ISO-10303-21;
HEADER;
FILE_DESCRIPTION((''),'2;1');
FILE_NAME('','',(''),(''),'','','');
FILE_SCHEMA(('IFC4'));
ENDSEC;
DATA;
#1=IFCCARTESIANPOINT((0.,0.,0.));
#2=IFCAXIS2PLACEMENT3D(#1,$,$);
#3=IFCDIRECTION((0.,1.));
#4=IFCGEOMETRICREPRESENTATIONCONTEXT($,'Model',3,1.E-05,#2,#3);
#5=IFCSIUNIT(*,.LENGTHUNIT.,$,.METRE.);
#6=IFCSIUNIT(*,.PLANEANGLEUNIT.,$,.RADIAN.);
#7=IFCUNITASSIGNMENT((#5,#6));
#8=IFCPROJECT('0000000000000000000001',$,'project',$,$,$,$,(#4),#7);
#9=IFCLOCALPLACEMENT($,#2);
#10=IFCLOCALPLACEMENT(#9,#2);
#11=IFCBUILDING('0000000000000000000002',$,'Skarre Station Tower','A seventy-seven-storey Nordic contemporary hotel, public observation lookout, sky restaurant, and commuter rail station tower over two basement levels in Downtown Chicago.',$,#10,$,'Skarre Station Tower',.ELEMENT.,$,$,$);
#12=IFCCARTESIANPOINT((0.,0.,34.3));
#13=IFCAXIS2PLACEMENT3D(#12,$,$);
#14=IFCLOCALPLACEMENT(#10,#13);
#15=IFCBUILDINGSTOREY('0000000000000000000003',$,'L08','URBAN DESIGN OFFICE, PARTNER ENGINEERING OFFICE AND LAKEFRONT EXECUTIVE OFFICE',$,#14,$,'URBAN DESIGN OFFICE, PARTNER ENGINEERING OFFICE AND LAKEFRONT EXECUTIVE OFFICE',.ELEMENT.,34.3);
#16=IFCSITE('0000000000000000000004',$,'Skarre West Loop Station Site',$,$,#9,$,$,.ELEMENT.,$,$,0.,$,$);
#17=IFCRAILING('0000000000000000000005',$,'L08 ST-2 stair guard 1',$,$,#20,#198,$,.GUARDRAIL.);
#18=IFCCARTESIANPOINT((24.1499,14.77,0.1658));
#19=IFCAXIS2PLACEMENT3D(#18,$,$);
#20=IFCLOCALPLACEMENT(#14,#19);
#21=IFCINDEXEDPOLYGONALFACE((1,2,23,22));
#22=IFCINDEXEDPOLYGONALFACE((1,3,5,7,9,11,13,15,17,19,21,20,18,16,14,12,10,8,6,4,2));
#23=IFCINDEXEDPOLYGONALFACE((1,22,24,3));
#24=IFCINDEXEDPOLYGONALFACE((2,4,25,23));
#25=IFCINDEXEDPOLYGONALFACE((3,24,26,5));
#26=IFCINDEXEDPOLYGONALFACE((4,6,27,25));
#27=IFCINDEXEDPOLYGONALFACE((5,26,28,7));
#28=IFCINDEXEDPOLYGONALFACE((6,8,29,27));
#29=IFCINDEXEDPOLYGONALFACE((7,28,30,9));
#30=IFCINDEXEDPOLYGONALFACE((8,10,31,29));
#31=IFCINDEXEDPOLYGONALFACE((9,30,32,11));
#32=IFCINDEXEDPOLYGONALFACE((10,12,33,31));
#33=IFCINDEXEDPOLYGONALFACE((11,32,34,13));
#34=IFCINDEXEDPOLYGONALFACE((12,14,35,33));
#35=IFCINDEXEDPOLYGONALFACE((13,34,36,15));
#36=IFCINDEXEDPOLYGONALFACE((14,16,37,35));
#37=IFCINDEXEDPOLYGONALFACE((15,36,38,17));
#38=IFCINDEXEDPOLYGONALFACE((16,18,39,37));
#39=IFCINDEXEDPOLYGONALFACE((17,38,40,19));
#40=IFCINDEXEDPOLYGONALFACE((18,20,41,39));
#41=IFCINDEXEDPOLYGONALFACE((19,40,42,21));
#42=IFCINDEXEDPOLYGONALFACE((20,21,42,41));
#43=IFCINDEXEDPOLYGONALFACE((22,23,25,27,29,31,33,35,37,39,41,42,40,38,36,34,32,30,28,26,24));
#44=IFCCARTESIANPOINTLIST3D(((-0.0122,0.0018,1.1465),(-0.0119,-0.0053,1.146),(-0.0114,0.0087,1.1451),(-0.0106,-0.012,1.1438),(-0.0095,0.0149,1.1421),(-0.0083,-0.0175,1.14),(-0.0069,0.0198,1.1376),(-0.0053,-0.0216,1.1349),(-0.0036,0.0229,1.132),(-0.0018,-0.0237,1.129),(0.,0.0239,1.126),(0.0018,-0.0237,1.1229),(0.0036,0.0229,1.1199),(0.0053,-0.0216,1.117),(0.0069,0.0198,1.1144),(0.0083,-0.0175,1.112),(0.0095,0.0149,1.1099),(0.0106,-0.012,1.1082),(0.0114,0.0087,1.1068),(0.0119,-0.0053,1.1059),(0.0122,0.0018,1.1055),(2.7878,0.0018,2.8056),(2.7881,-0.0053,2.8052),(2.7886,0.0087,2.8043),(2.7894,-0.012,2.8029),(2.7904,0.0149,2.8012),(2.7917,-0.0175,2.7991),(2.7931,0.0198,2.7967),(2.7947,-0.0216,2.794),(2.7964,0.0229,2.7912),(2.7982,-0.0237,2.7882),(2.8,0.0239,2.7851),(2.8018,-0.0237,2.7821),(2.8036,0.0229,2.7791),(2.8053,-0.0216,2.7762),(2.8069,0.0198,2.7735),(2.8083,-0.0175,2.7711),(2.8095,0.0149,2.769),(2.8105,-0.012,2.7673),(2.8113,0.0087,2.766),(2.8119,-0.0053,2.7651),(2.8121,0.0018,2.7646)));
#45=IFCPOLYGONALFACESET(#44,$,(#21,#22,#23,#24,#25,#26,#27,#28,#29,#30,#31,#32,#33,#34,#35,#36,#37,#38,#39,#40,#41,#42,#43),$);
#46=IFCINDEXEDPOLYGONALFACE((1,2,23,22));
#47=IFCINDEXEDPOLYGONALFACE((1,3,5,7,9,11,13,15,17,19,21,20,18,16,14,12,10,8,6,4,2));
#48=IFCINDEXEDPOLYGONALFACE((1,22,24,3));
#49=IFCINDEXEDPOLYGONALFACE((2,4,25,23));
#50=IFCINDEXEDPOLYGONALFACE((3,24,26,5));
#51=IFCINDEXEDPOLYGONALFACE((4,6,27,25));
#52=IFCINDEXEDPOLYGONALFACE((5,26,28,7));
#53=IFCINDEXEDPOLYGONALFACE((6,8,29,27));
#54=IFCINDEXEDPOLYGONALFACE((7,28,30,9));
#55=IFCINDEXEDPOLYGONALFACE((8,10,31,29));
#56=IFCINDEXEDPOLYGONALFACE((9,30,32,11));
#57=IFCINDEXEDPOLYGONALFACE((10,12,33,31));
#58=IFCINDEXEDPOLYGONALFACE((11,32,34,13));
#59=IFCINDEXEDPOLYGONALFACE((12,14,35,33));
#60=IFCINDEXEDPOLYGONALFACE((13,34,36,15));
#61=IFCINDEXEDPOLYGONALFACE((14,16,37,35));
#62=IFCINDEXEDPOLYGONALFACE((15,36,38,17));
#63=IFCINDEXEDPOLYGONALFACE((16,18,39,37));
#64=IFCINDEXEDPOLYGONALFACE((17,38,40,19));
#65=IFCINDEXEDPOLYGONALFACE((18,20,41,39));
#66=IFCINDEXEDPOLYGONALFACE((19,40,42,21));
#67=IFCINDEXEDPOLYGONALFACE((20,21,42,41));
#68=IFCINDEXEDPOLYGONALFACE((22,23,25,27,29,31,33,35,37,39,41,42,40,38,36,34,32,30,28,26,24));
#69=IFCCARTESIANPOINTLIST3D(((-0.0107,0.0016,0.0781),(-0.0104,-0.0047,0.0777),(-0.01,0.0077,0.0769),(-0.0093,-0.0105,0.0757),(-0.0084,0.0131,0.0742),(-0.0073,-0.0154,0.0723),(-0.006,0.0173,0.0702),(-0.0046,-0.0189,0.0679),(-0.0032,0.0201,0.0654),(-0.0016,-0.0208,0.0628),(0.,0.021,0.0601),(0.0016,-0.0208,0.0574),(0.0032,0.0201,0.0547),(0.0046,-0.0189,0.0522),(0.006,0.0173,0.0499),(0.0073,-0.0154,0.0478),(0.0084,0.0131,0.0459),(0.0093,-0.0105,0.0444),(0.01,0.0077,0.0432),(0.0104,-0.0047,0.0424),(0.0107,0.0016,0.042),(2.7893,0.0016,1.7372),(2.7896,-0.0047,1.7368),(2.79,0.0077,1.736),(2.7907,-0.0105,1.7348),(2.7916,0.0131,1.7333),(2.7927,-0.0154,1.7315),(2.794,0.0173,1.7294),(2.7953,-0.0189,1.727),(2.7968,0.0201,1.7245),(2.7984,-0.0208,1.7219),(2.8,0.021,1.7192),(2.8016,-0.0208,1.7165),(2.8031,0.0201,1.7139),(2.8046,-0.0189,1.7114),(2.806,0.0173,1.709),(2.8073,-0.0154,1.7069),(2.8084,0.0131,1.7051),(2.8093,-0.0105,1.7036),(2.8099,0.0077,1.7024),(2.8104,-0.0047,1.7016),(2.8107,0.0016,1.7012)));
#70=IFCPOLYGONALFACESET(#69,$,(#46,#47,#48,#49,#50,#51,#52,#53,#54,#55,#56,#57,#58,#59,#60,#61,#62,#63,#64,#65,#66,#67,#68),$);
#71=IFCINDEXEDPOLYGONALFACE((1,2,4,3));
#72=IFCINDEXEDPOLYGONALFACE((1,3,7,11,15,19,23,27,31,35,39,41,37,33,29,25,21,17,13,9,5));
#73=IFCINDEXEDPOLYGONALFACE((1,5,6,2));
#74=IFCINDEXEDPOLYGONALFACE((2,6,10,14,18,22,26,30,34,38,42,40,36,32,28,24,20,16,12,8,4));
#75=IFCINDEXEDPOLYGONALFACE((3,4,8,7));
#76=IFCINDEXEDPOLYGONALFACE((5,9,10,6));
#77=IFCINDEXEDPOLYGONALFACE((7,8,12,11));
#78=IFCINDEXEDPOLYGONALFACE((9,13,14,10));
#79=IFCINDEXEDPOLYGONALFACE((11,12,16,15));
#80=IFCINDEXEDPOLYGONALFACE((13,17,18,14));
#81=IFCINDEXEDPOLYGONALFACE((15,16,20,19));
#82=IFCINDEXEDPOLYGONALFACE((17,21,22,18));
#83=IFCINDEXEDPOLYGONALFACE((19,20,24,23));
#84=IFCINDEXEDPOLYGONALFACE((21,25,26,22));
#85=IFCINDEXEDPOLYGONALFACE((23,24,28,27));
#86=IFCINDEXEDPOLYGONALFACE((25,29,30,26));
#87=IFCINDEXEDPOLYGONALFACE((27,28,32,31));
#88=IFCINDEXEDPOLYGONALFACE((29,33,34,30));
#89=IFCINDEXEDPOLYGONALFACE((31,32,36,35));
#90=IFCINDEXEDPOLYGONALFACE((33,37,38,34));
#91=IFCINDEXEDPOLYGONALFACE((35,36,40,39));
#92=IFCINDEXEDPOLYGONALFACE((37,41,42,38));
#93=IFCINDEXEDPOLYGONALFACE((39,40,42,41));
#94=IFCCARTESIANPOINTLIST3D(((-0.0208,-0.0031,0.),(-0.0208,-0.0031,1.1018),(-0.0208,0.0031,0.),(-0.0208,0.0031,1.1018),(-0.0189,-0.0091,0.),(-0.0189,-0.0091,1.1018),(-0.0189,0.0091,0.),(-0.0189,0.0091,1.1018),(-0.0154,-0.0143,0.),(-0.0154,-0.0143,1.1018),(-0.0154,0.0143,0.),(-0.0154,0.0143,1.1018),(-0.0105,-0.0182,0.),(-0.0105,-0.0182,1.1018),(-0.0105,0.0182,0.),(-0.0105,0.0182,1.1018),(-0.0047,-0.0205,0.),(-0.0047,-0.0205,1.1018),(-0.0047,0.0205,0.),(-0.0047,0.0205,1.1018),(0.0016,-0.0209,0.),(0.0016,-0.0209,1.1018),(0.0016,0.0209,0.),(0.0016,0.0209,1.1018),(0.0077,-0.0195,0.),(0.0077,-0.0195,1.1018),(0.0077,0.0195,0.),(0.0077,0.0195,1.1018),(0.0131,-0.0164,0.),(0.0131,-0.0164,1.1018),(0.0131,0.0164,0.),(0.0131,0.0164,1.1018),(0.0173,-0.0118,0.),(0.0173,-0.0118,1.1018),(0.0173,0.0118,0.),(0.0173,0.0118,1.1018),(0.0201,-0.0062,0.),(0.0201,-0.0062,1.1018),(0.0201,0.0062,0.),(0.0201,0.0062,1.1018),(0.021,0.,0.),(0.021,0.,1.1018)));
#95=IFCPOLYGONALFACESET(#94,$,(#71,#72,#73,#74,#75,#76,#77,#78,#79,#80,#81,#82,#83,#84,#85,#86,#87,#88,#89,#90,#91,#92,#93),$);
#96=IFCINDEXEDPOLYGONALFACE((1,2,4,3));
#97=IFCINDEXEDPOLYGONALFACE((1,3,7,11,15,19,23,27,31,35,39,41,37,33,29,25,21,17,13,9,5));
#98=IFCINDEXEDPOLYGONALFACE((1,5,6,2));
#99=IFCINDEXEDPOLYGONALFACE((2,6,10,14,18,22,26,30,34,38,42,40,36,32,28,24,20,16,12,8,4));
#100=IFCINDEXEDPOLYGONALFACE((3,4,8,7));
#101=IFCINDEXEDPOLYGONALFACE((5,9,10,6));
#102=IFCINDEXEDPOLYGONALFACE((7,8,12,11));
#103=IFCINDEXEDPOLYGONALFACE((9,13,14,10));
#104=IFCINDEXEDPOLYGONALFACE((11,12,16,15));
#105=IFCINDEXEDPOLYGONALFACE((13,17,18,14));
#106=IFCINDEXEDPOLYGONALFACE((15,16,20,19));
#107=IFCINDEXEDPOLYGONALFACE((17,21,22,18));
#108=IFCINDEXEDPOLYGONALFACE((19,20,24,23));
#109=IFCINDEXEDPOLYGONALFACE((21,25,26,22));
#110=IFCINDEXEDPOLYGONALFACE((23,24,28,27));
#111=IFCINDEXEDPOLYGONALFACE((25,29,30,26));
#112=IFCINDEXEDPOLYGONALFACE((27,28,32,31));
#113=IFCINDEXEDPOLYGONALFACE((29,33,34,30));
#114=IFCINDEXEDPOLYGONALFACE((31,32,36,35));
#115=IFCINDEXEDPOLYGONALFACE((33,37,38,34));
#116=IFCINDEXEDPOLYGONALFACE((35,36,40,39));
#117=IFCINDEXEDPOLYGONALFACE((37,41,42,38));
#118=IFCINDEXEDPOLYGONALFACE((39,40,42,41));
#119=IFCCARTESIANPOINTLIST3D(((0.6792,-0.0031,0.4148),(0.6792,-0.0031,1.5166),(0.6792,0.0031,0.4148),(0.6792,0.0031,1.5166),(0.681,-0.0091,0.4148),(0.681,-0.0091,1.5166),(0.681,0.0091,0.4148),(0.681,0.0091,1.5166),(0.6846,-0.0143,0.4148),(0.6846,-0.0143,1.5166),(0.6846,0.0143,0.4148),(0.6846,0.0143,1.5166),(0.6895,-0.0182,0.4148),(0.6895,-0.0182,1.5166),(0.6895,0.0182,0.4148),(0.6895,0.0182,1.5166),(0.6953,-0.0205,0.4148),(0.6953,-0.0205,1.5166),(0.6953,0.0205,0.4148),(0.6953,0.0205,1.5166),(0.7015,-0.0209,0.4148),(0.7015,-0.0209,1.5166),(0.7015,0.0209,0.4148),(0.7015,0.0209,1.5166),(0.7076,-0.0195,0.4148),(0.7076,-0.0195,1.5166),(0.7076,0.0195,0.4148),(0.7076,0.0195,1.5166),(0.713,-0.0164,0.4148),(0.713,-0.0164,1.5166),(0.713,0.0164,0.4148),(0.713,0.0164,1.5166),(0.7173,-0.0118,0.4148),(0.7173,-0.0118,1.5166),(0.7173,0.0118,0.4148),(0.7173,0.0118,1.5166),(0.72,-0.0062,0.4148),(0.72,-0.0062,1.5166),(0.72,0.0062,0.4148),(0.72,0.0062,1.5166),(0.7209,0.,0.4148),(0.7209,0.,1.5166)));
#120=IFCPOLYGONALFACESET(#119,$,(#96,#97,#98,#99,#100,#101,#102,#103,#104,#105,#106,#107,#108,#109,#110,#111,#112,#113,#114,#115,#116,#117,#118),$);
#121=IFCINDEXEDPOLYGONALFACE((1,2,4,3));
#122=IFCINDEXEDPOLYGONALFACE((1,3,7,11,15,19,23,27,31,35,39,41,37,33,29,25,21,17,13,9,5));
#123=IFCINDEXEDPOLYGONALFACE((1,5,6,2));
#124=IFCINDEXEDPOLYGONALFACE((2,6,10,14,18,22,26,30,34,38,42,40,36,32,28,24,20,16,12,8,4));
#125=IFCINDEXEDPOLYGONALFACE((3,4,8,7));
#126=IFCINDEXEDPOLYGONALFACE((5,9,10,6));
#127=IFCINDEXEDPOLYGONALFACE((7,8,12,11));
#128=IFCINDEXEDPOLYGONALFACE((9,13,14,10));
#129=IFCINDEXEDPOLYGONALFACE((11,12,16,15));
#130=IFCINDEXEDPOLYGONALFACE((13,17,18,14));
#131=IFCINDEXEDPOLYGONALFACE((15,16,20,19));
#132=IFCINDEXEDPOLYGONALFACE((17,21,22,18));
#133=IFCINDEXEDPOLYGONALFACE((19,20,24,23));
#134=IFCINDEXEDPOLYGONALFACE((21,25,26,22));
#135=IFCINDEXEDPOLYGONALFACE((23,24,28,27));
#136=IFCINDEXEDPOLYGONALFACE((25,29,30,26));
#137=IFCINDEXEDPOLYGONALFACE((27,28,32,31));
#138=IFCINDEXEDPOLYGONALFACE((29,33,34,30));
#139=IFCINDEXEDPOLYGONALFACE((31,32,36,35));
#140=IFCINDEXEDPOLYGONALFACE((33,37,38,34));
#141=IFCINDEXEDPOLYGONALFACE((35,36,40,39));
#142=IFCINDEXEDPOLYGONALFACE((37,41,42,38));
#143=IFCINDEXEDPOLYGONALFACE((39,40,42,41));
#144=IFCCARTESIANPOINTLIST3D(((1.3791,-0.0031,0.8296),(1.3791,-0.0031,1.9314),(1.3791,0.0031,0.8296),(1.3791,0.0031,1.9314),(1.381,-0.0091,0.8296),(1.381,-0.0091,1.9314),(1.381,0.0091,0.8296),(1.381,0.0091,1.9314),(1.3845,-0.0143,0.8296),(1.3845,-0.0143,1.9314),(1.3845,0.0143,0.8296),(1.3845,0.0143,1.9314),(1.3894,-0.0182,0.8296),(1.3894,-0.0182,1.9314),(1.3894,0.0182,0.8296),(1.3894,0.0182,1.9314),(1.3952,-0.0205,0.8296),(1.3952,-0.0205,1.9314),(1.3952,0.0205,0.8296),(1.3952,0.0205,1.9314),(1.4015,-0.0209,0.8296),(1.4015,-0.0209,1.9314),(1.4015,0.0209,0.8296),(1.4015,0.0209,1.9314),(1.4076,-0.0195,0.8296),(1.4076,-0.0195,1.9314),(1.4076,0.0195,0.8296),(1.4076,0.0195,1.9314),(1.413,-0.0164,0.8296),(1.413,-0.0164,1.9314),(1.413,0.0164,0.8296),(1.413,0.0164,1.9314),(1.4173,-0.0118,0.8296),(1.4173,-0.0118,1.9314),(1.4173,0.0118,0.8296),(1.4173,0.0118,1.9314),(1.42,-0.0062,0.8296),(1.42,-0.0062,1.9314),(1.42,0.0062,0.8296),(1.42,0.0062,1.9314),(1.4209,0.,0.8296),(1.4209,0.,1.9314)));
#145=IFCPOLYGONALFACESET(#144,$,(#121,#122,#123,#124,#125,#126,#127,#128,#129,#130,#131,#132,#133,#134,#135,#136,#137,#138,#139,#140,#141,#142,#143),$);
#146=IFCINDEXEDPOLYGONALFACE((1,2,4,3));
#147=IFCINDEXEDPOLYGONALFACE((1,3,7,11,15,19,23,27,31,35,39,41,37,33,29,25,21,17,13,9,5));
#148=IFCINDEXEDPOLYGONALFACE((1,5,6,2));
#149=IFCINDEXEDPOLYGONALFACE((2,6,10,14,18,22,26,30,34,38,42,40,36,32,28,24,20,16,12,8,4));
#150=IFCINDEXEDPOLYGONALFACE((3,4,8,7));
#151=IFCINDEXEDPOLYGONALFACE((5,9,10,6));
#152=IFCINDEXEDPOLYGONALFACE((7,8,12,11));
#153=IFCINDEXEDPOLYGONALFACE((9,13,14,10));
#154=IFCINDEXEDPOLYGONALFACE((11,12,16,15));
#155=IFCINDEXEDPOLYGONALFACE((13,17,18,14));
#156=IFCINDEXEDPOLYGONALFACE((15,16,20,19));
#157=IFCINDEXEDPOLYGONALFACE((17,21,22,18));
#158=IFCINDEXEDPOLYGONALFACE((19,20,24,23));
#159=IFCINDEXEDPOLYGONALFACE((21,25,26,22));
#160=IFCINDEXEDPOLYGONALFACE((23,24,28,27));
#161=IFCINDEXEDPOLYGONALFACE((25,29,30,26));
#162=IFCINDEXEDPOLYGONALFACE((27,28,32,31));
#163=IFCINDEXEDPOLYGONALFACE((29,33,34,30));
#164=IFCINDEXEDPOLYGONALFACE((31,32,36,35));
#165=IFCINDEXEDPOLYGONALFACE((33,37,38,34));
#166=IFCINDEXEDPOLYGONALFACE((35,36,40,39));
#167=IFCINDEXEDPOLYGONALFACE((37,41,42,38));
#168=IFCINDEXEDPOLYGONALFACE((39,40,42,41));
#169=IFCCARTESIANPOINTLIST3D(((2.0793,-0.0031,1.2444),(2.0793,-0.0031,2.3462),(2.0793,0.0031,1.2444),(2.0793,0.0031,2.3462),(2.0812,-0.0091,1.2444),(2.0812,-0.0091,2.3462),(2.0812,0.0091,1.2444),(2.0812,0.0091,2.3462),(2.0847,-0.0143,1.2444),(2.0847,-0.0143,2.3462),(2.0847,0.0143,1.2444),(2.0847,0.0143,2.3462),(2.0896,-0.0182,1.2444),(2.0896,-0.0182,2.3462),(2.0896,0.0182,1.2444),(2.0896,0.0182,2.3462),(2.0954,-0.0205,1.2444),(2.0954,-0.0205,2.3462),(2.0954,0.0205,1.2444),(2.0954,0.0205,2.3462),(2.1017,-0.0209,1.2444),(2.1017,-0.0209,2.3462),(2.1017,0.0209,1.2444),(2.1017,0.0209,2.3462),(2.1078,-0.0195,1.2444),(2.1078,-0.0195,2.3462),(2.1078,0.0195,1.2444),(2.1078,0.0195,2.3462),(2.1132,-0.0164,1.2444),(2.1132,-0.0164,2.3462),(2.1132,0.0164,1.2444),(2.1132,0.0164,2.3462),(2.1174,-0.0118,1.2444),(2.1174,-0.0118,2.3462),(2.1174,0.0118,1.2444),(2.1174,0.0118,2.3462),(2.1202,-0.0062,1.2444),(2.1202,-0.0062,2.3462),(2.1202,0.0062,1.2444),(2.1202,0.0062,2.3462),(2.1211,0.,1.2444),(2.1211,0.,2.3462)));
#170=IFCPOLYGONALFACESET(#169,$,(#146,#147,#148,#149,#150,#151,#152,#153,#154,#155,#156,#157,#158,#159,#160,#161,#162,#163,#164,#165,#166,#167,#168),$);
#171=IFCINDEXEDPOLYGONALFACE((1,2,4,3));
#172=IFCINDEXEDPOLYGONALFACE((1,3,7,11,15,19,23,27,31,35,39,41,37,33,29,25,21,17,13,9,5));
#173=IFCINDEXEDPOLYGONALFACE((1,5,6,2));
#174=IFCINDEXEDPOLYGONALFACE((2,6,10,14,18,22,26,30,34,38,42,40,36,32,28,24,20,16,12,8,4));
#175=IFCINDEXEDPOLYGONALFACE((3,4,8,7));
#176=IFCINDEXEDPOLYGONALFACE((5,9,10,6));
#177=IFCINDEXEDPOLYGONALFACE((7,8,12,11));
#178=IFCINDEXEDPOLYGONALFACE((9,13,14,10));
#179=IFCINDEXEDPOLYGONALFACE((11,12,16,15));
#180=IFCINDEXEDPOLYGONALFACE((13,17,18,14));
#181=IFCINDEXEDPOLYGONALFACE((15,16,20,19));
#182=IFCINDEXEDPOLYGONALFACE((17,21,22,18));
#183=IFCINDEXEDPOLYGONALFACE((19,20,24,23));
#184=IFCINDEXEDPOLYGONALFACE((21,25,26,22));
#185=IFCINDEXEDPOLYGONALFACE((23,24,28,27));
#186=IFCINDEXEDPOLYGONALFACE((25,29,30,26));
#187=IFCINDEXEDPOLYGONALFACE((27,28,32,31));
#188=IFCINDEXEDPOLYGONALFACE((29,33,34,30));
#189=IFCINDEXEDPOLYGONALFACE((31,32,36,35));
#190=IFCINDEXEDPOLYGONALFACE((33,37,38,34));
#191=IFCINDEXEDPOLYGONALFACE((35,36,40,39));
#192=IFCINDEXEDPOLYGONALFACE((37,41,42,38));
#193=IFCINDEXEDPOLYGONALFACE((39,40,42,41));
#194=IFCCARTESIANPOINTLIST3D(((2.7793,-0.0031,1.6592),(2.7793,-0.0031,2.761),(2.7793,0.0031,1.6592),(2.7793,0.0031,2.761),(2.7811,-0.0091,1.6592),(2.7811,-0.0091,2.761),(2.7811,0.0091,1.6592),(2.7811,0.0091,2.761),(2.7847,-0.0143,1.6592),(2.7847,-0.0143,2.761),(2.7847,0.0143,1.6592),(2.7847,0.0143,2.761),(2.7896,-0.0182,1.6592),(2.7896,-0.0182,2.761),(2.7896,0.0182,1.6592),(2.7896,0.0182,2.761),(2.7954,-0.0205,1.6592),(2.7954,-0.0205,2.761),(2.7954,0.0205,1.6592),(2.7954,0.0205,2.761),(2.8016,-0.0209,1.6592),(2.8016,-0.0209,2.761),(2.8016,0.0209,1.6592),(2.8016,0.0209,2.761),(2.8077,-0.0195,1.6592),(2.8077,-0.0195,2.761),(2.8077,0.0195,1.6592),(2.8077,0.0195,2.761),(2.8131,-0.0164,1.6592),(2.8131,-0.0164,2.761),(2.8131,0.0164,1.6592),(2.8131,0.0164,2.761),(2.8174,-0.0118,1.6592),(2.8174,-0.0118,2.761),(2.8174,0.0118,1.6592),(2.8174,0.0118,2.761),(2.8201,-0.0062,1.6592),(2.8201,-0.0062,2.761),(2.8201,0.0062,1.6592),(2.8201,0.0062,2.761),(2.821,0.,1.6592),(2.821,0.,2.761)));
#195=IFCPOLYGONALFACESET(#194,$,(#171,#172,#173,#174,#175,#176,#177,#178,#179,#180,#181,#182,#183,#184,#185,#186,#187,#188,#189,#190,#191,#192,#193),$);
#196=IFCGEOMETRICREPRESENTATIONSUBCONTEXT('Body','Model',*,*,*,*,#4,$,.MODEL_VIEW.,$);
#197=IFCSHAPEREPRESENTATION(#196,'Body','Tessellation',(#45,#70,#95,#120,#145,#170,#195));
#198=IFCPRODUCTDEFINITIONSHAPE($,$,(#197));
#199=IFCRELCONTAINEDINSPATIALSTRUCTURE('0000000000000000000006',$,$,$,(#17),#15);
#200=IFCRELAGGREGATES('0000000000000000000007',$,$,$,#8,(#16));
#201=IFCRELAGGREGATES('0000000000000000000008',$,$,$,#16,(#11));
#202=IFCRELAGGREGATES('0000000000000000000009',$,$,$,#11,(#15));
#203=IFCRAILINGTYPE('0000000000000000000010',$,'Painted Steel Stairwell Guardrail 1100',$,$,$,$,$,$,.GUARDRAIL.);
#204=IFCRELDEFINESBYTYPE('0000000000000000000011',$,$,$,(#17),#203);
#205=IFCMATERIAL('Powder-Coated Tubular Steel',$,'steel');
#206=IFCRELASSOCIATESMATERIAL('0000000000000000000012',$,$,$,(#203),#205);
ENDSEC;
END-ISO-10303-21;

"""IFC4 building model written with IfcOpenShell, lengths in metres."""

from ifc_helpers import new_model, si_unit, direction, frame, origin, origin_2d, place, context, subcontext, project, spatial, circle, extrude, material, type_object, element, save


model = new_model("IFC4")

# Units and contexts
model_context = context("Model", 3, precision=1e-05, world=origin(), true_north=direction((0.0, 1.0)))
body_context = subcontext(model_context, "Body", "Model", "MODEL_VIEW")
ifc_project = project(units=[si_unit("LENGTHUNIT", "METRE"), si_unit("PLANEANGLEUNIT", "RADIAN")], contexts=[model_context])

# Site, building, storey
site_placement = place(None, origin())
site = spatial("IfcSite", under=ifc_project, at=site_placement, Name="Skarre West Loop Station Site", CompositionType="ELEMENT", RefElevation=0.0)
building_placement = place(site_placement, origin())
building = spatial("IfcBuilding", under=site, at=building_placement, Name="Skarre Station Tower", Description="A seventy-seven-storey Nordic contemporary hotel, public observation lookout, sky restaurant, and commuter rail station tower over two basement levels in Downtown Chicago.", LongName="Skarre Station Tower", CompositionType="ELEMENT")
storey_placement = place(building_placement, frame((0.0, 0.0, 34.3)))
storey = spatial("IfcBuildingStorey", under=building, at=storey_placement, Name="L08", Description="URBAN DESIGN OFFICE, PARTNER ENGINEERING OFFICE AND LAKEFRONT EXECUTIVE OFFICE", LongName="URBAN DESIGN OFFICE, PARTNER ENGINEERING OFFICE AND LAKEFRONT EXECUTIVE OFFICE", CompositionType="ELEMENT", Elevation=34.3)

# Railing
ifc_material_1 = material(Name="Powder-Coated Tubular Steel", Category="steel")
railing_type_1 = type_object("IfcRailingType", Name="Painted Steel Stairwell Guardrail 1100", PredefinedType="GUARDRAIL", material=ifc_material_1)
railing_1_placement = place(storey_placement, frame((24.1499, 14.77, 0.1658)))
element("IfcRailing", 1, at=railing_1_placement, inside=storey, type_object=railing_type_1, Name="L08 ST-2 stair guard 1", PredefinedType="GUARDRAIL", context=body_context, shape_type="SweptSolid", body=[
    extrude(circle(Radius=0.0239, at=origin_2d()), frame((0.0, 0.0, 1.126), z_axis=(0.860306, 0.0, 0.509778), x_axis=(0.0, 1.0, 0.0)), (0.0, 0.0, 1.0), 3.2546),
    extrude(circle(Radius=0.021, at=origin_2d()), frame((0.0, 0.0, 0.0601), z_axis=(0.860306, 0.0, 0.509778), x_axis=(0.0, 1.0, 0.0)), (0.0, 0.0, 1.0), 3.2546),
    extrude(circle(Radius=0.021, at=origin_2d()), origin(), (0.0, 0.0, 1.0), 1.1018),
    extrude(circle(Radius=0.021, at=origin_2d()), frame((0.7, 0.0, 0.4148)), (0.0, 0.0, 1.0), 1.1018),
    extrude(circle(Radius=0.021, at=origin_2d()), frame((1.3999, 0.0, 0.8296)), (0.0, 0.0, 1.0), 1.1018),
    extrude(circle(Radius=0.021, at=origin_2d()), frame((2.1001, 0.0, 1.2444)), (0.0, 0.0, 1.0), 1.1018),
    extrude(circle(Radius=0.021, at=origin_2d()), frame((2.8, 0.0, 1.6592)), (0.0, 0.0, 1.0), 1.1018),
])

save(model, "model.ifc")
